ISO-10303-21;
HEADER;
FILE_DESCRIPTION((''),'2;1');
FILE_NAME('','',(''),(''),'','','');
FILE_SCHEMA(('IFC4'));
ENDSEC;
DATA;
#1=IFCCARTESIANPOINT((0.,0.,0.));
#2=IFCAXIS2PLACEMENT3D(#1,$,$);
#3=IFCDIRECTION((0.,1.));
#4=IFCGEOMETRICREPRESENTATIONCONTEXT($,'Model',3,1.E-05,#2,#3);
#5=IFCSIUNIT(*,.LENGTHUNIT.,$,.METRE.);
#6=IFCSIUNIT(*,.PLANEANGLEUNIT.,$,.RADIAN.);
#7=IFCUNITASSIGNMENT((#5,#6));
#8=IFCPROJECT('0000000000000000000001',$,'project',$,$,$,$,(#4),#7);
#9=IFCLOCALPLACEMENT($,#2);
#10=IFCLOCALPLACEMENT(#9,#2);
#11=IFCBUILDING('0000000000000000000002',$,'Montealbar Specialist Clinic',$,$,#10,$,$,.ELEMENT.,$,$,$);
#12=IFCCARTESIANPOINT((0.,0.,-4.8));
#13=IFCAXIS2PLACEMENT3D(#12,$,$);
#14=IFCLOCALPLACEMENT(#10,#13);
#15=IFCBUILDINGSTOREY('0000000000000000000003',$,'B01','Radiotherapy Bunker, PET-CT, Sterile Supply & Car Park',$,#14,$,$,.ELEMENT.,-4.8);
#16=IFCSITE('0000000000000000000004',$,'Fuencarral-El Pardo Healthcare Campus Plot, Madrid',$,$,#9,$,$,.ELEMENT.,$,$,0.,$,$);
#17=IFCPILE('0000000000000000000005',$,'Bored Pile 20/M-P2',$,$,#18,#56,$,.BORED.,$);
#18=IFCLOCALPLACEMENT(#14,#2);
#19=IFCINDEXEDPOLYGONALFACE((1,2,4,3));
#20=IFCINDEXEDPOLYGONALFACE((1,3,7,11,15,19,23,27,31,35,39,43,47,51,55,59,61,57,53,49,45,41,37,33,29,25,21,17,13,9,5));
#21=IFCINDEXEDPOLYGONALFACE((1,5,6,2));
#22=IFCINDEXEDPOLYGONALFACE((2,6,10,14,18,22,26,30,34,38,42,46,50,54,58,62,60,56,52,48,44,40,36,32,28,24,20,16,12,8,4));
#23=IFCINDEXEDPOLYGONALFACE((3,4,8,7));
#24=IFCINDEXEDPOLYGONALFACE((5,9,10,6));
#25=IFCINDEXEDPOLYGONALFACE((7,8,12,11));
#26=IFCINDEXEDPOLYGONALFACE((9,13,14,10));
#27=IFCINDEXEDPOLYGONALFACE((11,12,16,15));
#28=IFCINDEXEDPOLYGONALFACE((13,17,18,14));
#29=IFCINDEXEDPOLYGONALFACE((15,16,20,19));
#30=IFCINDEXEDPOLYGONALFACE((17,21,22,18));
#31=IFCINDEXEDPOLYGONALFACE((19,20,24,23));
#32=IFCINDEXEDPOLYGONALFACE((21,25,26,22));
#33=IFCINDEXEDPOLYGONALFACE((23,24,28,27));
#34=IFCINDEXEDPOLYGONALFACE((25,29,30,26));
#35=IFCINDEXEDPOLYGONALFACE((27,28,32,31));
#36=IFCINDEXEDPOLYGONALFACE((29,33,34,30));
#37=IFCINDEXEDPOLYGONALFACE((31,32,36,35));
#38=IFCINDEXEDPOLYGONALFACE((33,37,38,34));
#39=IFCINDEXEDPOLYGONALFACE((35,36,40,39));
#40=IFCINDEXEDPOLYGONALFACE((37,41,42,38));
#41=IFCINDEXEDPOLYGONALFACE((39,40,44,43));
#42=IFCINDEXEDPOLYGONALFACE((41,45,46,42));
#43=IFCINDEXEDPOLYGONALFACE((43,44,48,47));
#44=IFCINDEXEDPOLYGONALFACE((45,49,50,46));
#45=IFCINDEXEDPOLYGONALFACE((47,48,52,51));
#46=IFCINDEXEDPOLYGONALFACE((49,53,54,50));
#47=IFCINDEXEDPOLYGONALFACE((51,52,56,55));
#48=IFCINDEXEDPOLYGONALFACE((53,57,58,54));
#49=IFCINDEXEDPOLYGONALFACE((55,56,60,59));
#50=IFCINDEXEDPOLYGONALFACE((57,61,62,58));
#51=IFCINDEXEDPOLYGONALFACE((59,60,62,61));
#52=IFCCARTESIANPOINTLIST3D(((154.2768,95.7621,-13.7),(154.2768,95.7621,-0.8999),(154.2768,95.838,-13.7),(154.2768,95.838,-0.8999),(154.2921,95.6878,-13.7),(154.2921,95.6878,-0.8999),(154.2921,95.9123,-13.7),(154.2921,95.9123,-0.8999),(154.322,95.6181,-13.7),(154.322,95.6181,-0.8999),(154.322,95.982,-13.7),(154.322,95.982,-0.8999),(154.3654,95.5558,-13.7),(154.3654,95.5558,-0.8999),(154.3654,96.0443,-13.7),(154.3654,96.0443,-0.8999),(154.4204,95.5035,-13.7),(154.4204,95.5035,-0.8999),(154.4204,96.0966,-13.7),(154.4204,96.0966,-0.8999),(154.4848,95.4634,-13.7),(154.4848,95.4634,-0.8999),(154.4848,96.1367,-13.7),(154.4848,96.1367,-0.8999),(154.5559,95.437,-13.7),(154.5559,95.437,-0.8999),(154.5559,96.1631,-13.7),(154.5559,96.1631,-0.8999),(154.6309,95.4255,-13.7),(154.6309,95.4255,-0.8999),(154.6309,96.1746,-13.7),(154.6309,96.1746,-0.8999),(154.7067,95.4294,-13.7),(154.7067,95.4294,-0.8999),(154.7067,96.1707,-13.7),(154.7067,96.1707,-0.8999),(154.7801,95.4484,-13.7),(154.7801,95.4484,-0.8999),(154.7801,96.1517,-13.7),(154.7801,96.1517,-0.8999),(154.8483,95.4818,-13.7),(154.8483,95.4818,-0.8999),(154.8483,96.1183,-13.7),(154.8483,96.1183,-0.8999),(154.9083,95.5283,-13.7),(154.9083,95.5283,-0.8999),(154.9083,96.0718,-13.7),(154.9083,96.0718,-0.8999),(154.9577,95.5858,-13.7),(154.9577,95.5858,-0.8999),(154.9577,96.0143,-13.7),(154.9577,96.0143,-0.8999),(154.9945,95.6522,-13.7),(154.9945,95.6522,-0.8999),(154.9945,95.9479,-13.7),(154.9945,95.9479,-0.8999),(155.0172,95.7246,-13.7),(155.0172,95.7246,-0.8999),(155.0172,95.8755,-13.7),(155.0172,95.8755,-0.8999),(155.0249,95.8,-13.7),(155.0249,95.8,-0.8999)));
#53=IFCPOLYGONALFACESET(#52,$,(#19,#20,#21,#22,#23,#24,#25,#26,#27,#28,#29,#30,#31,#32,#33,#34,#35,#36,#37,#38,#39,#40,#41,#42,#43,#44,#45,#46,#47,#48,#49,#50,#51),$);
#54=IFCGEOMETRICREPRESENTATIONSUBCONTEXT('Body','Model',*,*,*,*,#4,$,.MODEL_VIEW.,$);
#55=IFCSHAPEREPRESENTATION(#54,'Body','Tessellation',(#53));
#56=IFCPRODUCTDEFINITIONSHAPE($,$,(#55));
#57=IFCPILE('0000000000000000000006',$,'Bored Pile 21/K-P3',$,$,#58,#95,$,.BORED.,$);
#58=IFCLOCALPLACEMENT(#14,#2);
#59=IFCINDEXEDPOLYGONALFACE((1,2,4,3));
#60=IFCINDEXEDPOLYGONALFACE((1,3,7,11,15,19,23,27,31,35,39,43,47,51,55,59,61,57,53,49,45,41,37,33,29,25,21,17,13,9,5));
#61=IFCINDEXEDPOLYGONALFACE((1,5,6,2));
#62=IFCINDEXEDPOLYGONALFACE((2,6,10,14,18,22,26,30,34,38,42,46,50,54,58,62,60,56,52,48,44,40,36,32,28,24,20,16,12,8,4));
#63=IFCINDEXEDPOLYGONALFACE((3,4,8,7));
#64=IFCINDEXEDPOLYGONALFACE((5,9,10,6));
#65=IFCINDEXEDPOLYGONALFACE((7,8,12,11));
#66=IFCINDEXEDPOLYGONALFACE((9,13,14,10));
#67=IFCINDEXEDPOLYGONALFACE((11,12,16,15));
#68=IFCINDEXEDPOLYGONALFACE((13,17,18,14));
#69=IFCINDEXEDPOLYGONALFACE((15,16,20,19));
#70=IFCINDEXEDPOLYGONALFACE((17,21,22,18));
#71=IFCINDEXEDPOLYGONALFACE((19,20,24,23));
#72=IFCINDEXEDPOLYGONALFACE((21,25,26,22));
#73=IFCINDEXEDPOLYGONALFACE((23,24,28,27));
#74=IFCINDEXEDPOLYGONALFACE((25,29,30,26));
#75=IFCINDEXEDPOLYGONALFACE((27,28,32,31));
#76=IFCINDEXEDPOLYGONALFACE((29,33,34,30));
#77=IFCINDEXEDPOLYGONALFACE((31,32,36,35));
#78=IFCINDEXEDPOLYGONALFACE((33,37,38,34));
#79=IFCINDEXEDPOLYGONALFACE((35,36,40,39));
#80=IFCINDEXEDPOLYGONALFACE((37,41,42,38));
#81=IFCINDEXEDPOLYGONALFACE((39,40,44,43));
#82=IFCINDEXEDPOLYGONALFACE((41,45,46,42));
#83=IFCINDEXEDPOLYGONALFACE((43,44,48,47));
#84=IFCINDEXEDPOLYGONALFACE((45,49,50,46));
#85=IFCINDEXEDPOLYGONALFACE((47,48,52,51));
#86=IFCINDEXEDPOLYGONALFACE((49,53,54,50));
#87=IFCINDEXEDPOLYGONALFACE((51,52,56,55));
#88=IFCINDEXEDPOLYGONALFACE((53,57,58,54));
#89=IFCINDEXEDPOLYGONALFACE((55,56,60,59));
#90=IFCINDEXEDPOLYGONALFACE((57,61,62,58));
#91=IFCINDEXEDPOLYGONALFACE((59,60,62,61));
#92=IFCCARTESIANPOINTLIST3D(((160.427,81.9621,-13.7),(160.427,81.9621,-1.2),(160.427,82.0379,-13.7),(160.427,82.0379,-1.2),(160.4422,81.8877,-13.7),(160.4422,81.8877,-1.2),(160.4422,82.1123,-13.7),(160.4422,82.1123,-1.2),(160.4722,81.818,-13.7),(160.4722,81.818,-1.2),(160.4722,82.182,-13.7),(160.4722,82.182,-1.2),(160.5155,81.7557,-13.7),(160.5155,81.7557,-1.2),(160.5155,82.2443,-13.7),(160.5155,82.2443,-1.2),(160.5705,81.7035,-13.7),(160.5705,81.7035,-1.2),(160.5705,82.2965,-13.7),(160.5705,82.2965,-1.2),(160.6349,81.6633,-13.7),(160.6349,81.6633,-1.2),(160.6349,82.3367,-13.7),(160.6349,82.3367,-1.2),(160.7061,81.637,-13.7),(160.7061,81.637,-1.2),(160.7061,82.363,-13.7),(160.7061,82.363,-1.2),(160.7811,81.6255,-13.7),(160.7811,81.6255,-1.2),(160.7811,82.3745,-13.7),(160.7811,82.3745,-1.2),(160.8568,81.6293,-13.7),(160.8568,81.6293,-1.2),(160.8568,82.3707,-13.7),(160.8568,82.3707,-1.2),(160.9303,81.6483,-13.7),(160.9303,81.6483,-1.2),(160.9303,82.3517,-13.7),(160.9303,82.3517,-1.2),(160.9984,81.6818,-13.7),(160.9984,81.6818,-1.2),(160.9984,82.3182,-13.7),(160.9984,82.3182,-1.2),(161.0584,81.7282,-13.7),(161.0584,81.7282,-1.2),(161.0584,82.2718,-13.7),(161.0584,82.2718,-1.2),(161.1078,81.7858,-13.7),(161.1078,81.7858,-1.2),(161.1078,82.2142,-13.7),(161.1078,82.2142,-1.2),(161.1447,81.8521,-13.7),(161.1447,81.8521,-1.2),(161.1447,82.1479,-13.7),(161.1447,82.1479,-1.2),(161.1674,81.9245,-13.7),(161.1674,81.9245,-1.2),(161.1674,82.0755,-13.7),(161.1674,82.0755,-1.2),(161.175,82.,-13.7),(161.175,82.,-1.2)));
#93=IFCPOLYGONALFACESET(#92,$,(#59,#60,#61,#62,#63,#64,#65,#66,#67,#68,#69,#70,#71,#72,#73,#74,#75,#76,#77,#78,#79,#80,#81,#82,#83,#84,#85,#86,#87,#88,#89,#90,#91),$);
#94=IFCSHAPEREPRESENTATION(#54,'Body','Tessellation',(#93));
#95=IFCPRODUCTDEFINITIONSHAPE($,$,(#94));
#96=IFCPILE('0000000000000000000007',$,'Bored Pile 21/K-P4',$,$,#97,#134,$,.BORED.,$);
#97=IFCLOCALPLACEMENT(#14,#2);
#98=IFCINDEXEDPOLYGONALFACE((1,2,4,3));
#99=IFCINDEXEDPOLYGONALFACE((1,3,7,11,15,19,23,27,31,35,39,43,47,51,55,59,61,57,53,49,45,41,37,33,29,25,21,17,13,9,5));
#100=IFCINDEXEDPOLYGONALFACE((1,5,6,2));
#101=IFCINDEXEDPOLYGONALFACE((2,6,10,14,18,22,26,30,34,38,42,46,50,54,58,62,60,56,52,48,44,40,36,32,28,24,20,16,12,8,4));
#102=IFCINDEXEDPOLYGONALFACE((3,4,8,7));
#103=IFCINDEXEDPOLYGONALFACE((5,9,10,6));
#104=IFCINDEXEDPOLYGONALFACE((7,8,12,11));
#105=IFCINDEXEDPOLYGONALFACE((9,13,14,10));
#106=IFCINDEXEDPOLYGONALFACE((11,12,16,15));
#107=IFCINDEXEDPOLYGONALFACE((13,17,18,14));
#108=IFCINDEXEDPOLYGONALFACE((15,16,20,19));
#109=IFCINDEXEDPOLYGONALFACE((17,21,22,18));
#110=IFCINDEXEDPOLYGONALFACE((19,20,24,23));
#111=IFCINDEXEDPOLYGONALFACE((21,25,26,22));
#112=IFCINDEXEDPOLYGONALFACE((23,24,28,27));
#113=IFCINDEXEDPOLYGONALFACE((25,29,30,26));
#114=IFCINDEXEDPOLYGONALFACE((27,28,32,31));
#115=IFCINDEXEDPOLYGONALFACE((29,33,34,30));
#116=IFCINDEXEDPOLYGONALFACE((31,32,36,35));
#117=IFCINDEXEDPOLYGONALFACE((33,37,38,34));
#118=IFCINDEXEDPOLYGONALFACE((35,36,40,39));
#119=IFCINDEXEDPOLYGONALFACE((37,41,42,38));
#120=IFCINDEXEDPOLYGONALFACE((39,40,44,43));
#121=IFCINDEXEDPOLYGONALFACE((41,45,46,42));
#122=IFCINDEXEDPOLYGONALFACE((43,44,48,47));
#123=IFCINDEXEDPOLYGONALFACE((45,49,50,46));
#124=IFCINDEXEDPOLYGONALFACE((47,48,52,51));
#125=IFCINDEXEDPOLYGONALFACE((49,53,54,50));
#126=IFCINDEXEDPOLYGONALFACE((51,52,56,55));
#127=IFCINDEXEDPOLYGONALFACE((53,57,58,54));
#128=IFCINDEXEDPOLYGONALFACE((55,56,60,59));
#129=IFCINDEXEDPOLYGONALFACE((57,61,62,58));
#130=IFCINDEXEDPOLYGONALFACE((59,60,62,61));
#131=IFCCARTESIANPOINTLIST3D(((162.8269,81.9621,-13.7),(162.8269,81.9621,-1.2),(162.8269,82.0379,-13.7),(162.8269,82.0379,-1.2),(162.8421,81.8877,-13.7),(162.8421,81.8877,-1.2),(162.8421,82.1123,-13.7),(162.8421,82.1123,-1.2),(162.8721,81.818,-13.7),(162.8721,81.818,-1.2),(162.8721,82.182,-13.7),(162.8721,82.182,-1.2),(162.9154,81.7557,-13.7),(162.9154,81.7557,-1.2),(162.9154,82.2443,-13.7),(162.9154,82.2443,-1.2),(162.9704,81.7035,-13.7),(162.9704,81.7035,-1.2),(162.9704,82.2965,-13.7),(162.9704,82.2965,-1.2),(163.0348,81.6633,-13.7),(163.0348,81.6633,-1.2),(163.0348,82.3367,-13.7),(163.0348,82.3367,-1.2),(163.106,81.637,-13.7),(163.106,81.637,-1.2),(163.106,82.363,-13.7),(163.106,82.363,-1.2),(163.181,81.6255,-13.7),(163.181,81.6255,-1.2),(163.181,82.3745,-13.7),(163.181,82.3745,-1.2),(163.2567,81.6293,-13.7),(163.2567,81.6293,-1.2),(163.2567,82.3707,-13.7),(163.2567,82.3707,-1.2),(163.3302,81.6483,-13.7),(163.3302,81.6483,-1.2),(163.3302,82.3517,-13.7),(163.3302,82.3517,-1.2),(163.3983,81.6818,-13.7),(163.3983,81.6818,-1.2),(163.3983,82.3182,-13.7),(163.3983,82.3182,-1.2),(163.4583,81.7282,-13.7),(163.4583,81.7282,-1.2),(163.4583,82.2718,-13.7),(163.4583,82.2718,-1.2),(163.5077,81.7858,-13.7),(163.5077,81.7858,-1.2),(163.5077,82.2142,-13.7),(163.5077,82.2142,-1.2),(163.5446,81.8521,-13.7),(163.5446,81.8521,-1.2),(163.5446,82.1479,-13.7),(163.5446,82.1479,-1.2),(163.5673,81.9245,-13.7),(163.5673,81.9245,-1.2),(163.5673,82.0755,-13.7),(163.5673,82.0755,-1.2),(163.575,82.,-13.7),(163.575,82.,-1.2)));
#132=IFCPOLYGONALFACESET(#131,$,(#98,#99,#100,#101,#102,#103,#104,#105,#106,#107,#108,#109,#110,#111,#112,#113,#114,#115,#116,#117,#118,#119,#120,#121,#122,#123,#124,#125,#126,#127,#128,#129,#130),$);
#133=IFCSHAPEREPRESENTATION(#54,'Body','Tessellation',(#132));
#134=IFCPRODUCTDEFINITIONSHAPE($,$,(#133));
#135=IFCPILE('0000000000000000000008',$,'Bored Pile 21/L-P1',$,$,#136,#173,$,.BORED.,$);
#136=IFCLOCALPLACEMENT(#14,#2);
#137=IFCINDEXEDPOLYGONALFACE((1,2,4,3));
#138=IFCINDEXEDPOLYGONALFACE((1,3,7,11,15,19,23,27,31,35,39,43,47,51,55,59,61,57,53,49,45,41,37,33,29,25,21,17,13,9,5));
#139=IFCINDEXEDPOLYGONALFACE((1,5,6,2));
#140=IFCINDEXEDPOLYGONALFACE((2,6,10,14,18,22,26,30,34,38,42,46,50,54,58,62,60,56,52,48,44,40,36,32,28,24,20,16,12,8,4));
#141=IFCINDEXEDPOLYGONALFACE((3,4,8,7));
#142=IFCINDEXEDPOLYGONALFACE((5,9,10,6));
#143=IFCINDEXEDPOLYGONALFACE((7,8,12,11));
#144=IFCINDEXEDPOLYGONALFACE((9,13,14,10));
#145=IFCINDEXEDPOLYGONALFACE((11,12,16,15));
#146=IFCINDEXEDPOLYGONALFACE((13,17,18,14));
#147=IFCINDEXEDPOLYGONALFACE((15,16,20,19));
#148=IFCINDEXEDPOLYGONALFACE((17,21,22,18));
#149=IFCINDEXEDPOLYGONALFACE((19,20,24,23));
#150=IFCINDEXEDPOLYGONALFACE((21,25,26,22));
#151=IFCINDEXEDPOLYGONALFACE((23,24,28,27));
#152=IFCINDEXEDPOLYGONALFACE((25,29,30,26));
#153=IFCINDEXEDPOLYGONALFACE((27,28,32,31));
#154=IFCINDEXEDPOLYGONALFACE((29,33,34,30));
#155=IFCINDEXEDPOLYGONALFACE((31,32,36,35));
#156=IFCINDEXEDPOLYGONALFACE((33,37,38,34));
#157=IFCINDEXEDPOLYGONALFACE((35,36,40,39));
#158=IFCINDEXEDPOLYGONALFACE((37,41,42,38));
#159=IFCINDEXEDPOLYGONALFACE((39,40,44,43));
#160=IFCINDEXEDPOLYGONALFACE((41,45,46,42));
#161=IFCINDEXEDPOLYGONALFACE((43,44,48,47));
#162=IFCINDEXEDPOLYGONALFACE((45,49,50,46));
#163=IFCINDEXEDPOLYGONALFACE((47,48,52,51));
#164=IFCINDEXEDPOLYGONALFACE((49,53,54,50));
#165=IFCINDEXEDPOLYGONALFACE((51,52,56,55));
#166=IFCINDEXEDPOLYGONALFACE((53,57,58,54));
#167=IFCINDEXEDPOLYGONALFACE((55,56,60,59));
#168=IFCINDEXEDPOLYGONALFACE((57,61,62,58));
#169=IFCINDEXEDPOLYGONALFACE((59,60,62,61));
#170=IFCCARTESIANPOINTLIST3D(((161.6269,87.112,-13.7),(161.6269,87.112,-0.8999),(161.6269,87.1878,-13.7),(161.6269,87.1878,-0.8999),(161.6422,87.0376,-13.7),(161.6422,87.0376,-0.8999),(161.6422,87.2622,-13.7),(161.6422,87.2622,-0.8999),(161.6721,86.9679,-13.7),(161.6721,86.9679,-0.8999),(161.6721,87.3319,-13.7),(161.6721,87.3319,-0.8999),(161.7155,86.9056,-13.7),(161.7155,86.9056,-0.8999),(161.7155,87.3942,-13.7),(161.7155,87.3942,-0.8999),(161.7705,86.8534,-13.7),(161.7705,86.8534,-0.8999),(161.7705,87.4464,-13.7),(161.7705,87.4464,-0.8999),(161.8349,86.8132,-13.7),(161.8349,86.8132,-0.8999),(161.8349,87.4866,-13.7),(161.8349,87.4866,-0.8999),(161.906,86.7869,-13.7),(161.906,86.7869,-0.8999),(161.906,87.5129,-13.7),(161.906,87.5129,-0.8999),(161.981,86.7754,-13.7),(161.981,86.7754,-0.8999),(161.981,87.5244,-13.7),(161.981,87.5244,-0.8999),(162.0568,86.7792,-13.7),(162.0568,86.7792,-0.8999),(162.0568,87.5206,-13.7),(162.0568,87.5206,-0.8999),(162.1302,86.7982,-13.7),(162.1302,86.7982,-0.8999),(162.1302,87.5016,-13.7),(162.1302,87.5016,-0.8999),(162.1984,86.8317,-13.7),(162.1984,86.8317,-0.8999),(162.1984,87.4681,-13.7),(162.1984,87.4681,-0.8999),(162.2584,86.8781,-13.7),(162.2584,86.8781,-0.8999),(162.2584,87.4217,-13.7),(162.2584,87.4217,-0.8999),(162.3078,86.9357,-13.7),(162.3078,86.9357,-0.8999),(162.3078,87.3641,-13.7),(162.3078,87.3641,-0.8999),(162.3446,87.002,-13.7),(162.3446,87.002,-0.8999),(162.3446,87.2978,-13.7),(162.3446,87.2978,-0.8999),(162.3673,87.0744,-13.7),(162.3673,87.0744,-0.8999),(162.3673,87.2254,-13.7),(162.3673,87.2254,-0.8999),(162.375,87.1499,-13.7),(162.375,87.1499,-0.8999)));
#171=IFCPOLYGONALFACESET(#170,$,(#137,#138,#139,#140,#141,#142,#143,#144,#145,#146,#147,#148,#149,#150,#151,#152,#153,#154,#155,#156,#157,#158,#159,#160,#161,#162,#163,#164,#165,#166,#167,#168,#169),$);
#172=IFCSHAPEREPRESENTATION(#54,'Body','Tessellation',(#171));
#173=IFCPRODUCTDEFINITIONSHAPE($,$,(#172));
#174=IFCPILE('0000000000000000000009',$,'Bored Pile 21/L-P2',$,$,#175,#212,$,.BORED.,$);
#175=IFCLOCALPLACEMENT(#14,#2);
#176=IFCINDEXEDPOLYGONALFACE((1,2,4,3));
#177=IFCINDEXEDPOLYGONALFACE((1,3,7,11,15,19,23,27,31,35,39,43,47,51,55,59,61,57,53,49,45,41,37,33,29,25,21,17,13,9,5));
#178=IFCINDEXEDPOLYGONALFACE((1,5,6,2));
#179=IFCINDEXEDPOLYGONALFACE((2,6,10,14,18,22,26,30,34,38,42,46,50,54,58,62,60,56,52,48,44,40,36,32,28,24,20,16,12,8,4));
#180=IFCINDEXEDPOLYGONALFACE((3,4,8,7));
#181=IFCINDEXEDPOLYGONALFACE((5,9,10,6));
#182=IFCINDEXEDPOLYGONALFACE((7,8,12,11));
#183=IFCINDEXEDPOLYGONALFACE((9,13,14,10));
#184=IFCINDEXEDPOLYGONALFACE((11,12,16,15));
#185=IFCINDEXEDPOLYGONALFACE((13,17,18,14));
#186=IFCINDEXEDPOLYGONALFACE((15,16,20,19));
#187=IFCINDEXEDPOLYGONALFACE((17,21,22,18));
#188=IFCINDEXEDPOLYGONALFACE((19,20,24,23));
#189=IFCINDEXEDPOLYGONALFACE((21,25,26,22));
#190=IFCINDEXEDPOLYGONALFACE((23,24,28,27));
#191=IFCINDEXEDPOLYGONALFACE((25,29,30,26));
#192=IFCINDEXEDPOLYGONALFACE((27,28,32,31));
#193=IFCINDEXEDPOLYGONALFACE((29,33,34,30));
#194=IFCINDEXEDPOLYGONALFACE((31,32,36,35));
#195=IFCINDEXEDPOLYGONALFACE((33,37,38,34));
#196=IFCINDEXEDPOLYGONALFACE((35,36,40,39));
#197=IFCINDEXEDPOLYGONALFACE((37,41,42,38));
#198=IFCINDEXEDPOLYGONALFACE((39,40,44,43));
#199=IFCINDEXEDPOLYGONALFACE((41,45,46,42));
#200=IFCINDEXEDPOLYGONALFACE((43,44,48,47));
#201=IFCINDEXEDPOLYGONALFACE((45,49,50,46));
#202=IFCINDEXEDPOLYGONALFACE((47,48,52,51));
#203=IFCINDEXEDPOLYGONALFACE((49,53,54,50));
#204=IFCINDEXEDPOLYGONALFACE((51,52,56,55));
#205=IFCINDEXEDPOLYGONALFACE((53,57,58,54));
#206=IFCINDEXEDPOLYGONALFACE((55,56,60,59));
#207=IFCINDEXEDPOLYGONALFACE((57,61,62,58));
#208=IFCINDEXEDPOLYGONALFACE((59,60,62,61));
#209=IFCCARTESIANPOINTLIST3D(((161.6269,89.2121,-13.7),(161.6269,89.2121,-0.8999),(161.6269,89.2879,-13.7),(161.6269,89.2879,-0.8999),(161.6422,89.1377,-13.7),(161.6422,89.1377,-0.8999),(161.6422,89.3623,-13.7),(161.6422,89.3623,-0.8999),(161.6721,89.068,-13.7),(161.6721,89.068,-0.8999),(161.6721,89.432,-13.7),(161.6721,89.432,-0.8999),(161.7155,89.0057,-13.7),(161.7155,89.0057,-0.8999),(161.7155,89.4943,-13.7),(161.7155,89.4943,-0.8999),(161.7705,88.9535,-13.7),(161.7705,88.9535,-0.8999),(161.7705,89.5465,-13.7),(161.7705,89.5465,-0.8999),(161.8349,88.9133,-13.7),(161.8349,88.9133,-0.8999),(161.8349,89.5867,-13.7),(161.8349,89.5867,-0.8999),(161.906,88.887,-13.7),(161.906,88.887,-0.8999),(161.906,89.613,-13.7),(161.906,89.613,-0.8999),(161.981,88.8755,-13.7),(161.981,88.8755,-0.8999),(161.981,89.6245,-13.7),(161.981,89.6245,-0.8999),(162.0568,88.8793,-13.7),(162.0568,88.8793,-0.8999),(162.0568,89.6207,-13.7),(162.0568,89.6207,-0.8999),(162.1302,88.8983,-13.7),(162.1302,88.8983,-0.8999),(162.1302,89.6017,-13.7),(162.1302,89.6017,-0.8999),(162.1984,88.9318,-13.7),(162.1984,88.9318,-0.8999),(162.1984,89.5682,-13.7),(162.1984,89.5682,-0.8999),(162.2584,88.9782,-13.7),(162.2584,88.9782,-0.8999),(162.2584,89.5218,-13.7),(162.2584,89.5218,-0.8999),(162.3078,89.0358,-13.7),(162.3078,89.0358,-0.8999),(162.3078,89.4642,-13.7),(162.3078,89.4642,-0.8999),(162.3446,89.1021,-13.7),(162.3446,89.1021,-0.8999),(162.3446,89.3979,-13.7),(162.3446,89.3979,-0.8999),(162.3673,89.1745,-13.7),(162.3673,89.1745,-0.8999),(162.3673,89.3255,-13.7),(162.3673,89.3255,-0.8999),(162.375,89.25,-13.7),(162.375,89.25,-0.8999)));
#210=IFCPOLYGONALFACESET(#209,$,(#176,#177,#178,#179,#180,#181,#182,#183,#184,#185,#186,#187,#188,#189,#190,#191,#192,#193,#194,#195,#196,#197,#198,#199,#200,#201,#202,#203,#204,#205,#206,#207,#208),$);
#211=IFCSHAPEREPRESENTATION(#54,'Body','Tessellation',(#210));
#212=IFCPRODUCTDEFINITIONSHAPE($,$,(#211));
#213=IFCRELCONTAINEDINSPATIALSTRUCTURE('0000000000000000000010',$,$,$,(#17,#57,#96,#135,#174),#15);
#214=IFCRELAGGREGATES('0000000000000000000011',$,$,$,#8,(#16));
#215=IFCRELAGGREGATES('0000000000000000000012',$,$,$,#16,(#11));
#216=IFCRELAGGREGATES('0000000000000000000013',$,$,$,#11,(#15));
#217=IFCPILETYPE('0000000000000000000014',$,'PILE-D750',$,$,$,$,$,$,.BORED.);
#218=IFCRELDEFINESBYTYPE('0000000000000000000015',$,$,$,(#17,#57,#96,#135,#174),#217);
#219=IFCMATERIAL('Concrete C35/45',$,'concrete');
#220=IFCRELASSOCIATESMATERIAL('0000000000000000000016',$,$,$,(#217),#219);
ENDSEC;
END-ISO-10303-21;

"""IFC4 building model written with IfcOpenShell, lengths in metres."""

from ifc_helpers import new_model, si_unit, direction, frame, origin, origin_2d, place, context, subcontext, project, spatial, circle, extrude, material, material_profile, profile_set, type_object, element, save


model = new_model("IFC4")

# Units and contexts
model_context = context("Model", 3, precision=1e-05, world=origin(), true_north=direction((0.0, 1.0)))
body_context = subcontext(model_context, "Body", "Model", "MODEL_VIEW")
ifc_project = project(units=[si_unit("LENGTHUNIT", "METRE"), si_unit("PLANEANGLEUNIT", "RADIAN")], contexts=[model_context])

# Site, building, storey
site_placement = place(None, origin())
site = spatial("IfcSite", under=ifc_project, at=site_placement, Name="Fuencarral-El Pardo Healthcare Campus Plot, Madrid", CompositionType="ELEMENT", RefElevation=0.0)
building_placement = place(site_placement, origin())
building = spatial("IfcBuilding", under=site, at=building_placement, Name="Montealbar Specialist Clinic", CompositionType="ELEMENT")
storey_placement = place(building_placement, frame((0.0, 0.0, -4.8)))
storey = spatial("IfcBuildingStorey", under=building, at=storey_placement, Name="B01", Description="Radiotherapy Bunker, PET-CT, Sterile Supply & Car Park", CompositionType="ELEMENT", Elevation=-4.8)

# Shared definitions
ifc_material_1 = material(Name="Concrete C35/45", Category="concrete")

# Piles
ifc_material_profile_1 = material_profile(ifc_material_1, circle(Radius=0.375, at=origin_2d()), Name="PILE D750", Category="concrete")
ifc_profile_set_1 = profile_set([ifc_material_profile_1], Name="Concrete C35/45")
pile_type_1 = type_object("IfcPileType", Name="PILE-D750", PredefinedType="BORED", material=ifc_profile_set_1)
for number, where, z_axis, x_axis, name in (
    (1, (154.6499, 95.8, -0.8999), (0.0, 0.0, -1.0), (1.0, 0.0, 0.0), "Bored Pile 20/M-P2"),
):
    element("IfcPile", number, at=place(storey_placement, frame(where, z_axis=z_axis, x_axis=x_axis)), inside=storey, type_object=pile_type_1, Name=name, PredefinedType="BORED", context=body_context, shape_type="SweptSolid", body=[
        extrude(circle(Radius=0.375, at=origin_2d()), origin(), (0.0, 0.0, 1.0), 12.8),
    ])
for number, where, z_axis, x_axis, name in (
    (2, (160.8, 82.0, -1.2), (0.0, 0.0, -1.0), (1.0, 0.0, 0.0), "Bored Pile 21/K-P3"),
    (3, (163.2, 82.0, -1.2), (0.0, 0.0, -1.0), (1.0, 0.0, 0.0), "Bored Pile 21/K-P4"),
):
    element("IfcPile", number, at=place(storey_placement, frame(where, z_axis=z_axis, x_axis=x_axis)), inside=storey, type_object=pile_type_1, Name=name, PredefinedType="BORED", context=body_context, shape_type="SweptSolid", body=[
        extrude(circle(Radius=0.375, at=origin_2d()), origin(), (0.0, 0.0, 1.0), 12.5),
    ])
for number, where, z_axis, x_axis, name in (
    (4, (162.0, 87.1499, -0.8999), (0.0, 0.0, -1.0), (1.0, 0.0, 0.0), "Bored Pile 21/L-P1"),
    (5, (162.0, 89.25, -0.8999), (0.0, 0.0, -1.0), (1.0, 0.0, 0.0), "Bored Pile 21/L-P2"),
):
    element("IfcPile", number, at=place(storey_placement, frame(where, z_axis=z_axis, x_axis=x_axis)), inside=storey, type_object=pile_type_1, Name=name, PredefinedType="BORED", context=body_context, shape_type="SweptSolid", body=[
        extrude(circle(Radius=0.375, at=origin_2d()), origin(), (0.0, 0.0, 1.0), 12.8),
    ])

save(model, "model.ifc")
